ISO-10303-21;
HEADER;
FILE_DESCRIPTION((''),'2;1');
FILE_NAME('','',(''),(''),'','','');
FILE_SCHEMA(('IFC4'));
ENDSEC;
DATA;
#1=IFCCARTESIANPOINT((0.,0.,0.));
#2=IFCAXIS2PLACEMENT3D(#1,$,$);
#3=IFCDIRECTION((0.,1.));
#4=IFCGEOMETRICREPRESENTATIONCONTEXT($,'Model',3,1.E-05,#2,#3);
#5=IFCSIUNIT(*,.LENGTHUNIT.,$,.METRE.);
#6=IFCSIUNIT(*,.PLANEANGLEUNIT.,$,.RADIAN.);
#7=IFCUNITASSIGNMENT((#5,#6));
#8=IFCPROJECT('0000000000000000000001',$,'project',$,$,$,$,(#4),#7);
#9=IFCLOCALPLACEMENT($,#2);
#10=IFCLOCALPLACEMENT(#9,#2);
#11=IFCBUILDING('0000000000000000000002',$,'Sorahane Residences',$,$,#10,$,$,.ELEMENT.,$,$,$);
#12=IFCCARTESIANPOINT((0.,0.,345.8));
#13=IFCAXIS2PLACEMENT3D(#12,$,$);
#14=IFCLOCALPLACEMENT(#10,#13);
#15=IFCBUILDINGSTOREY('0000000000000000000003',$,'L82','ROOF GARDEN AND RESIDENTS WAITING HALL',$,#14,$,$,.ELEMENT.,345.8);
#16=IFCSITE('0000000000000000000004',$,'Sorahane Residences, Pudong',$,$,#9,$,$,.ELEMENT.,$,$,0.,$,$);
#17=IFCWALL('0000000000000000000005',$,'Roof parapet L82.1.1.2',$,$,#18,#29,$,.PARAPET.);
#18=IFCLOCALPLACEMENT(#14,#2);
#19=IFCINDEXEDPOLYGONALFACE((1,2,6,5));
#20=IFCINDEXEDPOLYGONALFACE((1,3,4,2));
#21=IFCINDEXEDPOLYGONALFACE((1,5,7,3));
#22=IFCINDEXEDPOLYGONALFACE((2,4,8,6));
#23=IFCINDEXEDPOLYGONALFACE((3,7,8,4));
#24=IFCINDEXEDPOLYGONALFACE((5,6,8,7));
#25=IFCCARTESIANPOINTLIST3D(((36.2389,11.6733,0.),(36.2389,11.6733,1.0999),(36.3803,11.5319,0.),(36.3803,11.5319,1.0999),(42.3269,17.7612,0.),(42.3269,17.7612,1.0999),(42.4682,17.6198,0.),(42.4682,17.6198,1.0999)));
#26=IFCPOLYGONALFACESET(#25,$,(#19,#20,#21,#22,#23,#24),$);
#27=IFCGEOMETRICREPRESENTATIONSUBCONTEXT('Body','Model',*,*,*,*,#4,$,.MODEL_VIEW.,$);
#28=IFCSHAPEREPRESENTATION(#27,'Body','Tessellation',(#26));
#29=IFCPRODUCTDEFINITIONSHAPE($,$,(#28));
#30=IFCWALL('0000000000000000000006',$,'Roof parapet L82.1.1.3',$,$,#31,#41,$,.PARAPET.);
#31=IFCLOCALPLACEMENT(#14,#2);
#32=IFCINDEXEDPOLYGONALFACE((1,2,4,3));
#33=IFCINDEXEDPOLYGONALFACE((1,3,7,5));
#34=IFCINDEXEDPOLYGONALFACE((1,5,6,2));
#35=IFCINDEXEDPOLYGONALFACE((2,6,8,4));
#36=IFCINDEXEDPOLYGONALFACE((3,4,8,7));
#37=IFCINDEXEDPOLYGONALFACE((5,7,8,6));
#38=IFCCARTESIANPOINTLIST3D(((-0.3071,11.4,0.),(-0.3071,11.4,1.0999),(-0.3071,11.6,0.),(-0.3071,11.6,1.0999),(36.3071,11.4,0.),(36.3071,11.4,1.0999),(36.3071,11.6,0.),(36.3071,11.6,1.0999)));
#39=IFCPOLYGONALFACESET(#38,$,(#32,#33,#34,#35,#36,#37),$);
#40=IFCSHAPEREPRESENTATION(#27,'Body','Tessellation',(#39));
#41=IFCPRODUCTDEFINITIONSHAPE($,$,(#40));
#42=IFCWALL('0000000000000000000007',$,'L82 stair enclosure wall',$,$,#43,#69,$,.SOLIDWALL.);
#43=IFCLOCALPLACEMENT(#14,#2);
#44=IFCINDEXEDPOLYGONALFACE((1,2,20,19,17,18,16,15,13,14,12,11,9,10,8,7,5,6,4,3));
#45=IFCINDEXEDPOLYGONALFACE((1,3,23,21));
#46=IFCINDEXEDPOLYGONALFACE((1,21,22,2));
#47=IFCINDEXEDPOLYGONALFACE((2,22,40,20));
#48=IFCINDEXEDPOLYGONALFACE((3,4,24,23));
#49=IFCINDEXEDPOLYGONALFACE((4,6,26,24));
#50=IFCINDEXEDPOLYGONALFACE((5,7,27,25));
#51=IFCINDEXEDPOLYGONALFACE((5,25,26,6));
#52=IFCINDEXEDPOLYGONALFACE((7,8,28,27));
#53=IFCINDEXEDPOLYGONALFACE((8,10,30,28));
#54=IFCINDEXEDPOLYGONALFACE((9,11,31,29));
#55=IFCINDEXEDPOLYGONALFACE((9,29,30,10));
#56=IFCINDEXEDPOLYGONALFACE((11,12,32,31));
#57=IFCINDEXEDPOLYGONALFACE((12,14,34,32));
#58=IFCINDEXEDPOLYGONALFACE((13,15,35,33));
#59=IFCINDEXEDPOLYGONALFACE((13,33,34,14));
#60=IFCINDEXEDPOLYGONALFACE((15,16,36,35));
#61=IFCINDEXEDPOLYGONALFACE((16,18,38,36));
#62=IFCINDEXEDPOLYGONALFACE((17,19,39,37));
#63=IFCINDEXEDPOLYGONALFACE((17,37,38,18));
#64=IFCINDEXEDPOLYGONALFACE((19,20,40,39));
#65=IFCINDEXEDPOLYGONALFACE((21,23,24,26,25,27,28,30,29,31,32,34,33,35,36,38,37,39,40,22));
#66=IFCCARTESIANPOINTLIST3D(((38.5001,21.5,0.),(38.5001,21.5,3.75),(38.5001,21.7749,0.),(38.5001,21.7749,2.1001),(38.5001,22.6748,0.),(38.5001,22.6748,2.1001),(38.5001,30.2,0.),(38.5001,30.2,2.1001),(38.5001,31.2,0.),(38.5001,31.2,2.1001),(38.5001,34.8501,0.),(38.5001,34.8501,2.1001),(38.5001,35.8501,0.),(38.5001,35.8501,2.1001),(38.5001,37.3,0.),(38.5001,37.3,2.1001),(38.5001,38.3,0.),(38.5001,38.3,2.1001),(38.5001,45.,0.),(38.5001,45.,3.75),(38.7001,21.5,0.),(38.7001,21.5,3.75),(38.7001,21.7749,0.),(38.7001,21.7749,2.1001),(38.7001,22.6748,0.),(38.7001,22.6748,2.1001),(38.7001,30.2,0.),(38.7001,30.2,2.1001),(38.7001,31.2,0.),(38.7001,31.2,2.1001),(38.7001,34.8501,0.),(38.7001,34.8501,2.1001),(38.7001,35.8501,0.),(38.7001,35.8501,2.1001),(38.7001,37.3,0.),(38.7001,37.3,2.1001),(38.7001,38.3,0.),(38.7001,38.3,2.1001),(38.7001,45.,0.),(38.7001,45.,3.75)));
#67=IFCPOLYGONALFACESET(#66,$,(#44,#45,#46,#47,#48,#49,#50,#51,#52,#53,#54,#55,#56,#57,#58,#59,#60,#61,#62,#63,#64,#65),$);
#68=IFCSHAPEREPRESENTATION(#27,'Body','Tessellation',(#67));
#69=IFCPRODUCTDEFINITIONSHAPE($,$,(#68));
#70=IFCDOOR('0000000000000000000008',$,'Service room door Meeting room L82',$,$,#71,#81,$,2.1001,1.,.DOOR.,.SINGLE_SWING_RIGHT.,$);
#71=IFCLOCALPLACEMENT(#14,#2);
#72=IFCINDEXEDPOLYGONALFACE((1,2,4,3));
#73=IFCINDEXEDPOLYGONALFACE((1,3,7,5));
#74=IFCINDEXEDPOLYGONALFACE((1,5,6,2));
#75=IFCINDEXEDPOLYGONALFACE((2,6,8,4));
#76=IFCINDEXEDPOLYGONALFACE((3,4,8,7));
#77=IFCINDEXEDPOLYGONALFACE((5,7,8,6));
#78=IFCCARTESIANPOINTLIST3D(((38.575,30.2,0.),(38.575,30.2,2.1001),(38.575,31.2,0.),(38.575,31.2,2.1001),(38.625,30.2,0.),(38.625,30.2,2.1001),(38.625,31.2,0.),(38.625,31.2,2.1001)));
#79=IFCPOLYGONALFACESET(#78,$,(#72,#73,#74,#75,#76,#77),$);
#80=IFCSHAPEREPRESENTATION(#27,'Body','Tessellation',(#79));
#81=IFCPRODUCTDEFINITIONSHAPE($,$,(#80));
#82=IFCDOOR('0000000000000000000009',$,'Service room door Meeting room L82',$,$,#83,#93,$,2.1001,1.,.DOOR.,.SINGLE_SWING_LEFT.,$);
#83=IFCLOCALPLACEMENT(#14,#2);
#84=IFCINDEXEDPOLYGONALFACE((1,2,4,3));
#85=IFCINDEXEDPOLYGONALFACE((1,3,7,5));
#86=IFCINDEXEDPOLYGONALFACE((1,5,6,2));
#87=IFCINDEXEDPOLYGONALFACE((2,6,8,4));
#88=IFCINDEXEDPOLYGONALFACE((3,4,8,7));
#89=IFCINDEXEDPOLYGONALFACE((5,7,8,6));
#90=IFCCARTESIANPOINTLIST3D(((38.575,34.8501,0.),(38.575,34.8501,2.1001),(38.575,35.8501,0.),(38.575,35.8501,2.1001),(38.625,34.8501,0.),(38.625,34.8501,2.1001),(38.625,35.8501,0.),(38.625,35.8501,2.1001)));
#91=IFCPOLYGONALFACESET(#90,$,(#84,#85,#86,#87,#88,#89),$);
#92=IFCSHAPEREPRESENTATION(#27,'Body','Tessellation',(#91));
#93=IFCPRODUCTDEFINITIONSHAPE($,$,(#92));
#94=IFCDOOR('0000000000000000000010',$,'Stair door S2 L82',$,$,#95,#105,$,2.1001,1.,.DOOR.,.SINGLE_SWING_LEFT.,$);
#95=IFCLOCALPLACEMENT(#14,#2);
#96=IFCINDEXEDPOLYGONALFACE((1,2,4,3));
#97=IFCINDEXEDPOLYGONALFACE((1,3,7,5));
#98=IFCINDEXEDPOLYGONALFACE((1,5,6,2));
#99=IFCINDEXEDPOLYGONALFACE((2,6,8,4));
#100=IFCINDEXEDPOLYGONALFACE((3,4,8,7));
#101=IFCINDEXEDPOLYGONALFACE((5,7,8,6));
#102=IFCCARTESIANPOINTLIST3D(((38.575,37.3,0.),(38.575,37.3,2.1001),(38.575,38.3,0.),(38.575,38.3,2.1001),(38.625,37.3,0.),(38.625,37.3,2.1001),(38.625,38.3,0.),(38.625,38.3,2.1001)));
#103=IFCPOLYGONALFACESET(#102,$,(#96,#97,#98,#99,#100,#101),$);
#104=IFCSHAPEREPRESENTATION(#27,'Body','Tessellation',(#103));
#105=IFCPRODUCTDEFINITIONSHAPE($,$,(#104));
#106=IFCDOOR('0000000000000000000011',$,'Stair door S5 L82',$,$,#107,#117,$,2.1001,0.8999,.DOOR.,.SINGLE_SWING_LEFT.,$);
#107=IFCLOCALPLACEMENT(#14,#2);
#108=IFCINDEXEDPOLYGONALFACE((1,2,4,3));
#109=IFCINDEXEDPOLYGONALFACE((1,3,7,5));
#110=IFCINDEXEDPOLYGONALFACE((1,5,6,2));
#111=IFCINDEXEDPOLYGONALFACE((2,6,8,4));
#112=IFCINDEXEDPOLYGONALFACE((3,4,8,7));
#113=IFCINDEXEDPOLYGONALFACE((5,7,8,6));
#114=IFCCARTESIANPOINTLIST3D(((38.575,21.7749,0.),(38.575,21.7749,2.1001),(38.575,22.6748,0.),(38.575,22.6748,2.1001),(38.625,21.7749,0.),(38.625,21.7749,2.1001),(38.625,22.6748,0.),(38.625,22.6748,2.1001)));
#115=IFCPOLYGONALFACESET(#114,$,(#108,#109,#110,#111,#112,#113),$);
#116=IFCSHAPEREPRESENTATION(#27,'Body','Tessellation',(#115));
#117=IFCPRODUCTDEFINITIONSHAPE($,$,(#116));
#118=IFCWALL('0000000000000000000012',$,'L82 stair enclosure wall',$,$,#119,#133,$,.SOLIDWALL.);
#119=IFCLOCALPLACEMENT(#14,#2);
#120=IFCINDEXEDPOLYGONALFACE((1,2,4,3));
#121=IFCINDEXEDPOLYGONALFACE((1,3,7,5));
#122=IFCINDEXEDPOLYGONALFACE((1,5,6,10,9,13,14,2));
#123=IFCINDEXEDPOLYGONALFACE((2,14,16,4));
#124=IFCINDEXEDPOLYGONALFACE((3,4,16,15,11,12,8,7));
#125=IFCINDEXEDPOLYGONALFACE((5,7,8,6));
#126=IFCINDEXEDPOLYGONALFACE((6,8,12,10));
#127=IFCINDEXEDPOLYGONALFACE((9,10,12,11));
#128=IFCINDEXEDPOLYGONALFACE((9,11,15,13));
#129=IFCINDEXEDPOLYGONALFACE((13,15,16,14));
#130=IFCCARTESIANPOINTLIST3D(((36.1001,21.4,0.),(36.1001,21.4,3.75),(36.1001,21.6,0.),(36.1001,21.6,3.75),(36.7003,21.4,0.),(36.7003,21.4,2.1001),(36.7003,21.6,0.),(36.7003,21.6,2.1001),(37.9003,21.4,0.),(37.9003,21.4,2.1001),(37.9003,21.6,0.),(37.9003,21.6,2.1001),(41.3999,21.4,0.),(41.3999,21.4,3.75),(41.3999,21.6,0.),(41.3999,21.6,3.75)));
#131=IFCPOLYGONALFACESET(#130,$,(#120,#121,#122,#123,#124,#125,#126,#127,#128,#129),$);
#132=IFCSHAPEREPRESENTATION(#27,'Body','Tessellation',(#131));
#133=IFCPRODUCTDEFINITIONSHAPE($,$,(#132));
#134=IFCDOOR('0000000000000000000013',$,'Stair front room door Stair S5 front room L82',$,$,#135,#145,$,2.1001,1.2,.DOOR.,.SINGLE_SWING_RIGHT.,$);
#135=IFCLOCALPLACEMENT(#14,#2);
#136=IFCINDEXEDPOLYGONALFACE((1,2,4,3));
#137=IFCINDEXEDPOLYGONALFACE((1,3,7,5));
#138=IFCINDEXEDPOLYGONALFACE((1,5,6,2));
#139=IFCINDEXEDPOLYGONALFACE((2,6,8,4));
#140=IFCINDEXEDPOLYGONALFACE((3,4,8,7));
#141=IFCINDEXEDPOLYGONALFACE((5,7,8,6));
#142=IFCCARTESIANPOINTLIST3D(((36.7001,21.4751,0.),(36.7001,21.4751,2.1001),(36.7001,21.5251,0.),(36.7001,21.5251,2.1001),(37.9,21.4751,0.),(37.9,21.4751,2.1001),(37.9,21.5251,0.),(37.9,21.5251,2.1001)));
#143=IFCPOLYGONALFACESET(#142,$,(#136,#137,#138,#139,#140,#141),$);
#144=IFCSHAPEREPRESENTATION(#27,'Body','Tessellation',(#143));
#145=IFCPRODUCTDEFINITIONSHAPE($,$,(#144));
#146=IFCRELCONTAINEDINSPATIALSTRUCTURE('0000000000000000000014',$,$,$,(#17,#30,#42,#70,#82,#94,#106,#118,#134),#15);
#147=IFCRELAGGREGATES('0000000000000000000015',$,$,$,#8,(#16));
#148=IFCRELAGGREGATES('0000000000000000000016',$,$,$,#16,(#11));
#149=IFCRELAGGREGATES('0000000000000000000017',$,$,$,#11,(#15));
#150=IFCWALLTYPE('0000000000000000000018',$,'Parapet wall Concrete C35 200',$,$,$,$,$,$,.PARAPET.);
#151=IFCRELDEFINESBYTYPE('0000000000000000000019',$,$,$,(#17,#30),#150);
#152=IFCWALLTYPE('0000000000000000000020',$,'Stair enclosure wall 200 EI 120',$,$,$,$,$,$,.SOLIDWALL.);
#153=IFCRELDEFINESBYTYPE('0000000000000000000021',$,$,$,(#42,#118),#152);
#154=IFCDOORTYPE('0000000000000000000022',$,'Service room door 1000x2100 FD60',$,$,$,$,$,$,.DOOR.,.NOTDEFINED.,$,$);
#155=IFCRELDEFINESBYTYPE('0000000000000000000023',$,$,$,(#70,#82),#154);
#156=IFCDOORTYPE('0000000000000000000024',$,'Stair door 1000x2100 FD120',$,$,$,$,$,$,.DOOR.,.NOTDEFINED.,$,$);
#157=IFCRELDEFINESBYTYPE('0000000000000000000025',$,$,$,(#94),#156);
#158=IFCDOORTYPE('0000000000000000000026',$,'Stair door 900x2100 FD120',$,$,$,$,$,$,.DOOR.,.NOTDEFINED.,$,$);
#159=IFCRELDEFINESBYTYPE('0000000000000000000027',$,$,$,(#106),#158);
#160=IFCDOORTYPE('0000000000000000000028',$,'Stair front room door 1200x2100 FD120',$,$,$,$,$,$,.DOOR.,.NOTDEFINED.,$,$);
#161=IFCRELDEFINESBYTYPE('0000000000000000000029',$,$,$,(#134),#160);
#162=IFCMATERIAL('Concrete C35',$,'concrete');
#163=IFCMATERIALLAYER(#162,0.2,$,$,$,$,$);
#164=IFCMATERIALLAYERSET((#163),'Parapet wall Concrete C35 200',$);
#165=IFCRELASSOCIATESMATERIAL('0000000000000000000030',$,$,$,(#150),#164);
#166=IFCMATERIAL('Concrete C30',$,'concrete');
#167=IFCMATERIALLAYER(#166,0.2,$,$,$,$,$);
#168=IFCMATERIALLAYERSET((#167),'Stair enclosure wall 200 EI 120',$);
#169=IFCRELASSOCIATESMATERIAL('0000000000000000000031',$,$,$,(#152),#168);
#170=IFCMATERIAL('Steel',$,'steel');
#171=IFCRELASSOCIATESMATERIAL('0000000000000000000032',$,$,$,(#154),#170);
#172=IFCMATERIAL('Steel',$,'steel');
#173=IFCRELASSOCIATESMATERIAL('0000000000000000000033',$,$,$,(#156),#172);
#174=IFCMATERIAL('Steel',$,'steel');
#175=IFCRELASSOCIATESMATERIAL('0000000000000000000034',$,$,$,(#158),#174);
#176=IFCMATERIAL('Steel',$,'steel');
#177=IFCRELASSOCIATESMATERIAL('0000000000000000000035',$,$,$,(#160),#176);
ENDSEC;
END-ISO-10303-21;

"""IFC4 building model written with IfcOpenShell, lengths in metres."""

from ifc_helpers import new_model, si_unit, direction, frame, frame_2d, origin, place, context, subcontext, project, spatial, rectangle, extrude, material, layer, layer_set, type_object, element, fill, save


model = new_model("IFC4")

# Units and contexts
model_context = context("Model", 3, precision=1e-05, world=origin(), true_north=direction((0.0, 1.0)))
body_context = subcontext(model_context, "Body", "Model", "MODEL_VIEW")
ifc_project = project(units=[si_unit("LENGTHUNIT", "METRE"), si_unit("PLANEANGLEUNIT", "RADIAN")], contexts=[model_context])

# Site, building, storey
site_placement = place(None, origin())
site = spatial("IfcSite", under=ifc_project, at=site_placement, Name="Sorahane Residences, Pudong", CompositionType="ELEMENT", RefElevation=0.0)
building_placement = place(site_placement, origin())
building = spatial("IfcBuilding", under=site, at=building_placement, Name="Sorahane Residences", CompositionType="ELEMENT")
storey_placement = place(building_placement, frame((0.0, 0.0, 345.8)))
storey = spatial("IfcBuildingStorey", under=building, at=storey_placement, Name="L82", Description="ROOF GARDEN AND RESIDENTS WAITING HALL", CompositionType="ELEMENT", Elevation=345.8)

# Walls
ifc_material_1 = material(Name="Concrete C35", Category="concrete")
ifc_layer_1 = layer(ifc_material_1, 0.2)
ifc_layer_set_1 = layer_set([ifc_layer_1], Name="Parapet wall Concrete C35 200")
wall_type_1 = type_object("IfcWallType", Name="Parapet wall Concrete C35 200", PredefinedType="PARAPET", material=ifc_layer_set_1)
wall_1_placement = place(storey_placement, frame((42.3975, 17.6904, 0.0), z_axis=(0.0, 0.0, 1.0), x_axis=(-0.707107, -0.707107, 0.0)))
element("IfcWall", 1, at=wall_1_placement, inside=storey, type_object=wall_type_1, Name="Roof parapet L82.1.1.2", PredefinedType="PARAPET", context=body_context, shape_type="SweptSolid", body=[
    extrude(rectangle(XDim=8.6096, YDim=0.2, at=frame_2d((4.3047, 0.0))), origin(), (0.0, 0.0, 1.0), 1.0999),
])
wall_2_placement = place(storey_placement, frame((36.3071, 11.5, 0.0), z_axis=(0.0, 0.0, 1.0), x_axis=(-1.0, 0.0, 0.0)))
element("IfcWall", 2, at=wall_2_placement, inside=storey, type_object=wall_type_1, Name="Roof parapet L82.1.1.3", PredefinedType="PARAPET", context=body_context, shape_type="SweptSolid", body=[
    extrude(rectangle(XDim=36.6143, YDim=0.2, at=frame_2d((18.3071, 0.0))), origin(), (0.0, 0.0, 1.0), 1.0999),
])

# Wall, openings, doors
ifc_material_2 = material(Name="Concrete C30", Category="concrete")
ifc_layer_2 = layer(ifc_material_2, 0.2)
ifc_layer_set_2 = layer_set([ifc_layer_2], Name="Stair enclosure wall 200 EI 120")
wall_type_2 = type_object("IfcWallType", Name="Stair enclosure wall 200 EI 120", PredefinedType="SOLIDWALL", material=ifc_layer_set_2)
wall_3_placement = place(storey_placement, frame((38.6001, 21.5, 0.0), z_axis=(0.0, 0.0, 1.0), x_axis=(0.0, 1.0, 0.0)))
wall_3 = element("IfcWall", 3, at=wall_3_placement, inside=storey, type_object=wall_type_2, Name="L82 stair enclosure wall", PredefinedType="SOLIDWALL", context=body_context, shape_type="SweptSolid", body=[
    extrude(rectangle(XDim=23.5, YDim=0.2, at=frame_2d((11.75, 0.0))), origin(), (0.0, 0.0, 1.0), 3.75),
])
opening_1_placement = place(wall_3_placement, frame((8.7, 0.0, 0.0)))
opening_1 = element("IfcOpeningElement", 4, at=opening_1_placement, cuts=wall_3, PredefinedType="OPENING", context=body_context, shape_type="SweptSolid", body=[
    extrude(rectangle(XDim=1.0, YDim=2.1001, at=frame_2d((0.5, 1.05))), frame((0.0, 0.1099, 0.0), z_axis=(0.0, -1.0, 0.0), x_axis=(1.0, 0.0, 0.0)), (0.0, 0.0, 1.0), 0.22),
])
opening_2_placement = place(wall_3_placement, frame((13.3501, 0.0, 0.0)))
opening_2 = element("IfcOpeningElement", 5, at=opening_2_placement, cuts=wall_3, PredefinedType="OPENING", context=body_context, shape_type="SweptSolid", body=[
    extrude(rectangle(XDim=1.0, YDim=2.1001, at=frame_2d((0.5, 1.05))), frame((0.0, 0.1099, 0.0), z_axis=(0.0, -1.0, 0.0), x_axis=(1.0, 0.0, 0.0)), (0.0, 0.0, 1.0), 0.22),
])
opening_3_placement = place(wall_3_placement, frame((15.8, 0.0, 0.0)))
opening_3 = element("IfcOpeningElement", 6, at=opening_3_placement, cuts=wall_3, PredefinedType="OPENING", context=body_context, shape_type="SweptSolid", body=[
    extrude(rectangle(XDim=1.0, YDim=2.1001, at=frame_2d((0.5, 1.05))), frame((0.0, 0.1099, 0.0), z_axis=(0.0, -1.0, 0.0), x_axis=(1.0, 0.0, 0.0)), (0.0, 0.0, 1.0), 0.22),
])
opening_4_placement = place(wall_3_placement, frame((0.2749, 0.0, 0.0)))
opening_4 = element("IfcOpeningElement", 7, at=opening_4_placement, cuts=wall_3, PredefinedType="OPENING", context=body_context, shape_type="SweptSolid", body=[
    extrude(rectangle(XDim=0.8999, YDim=2.1001, at=frame_2d((0.45, 1.05))), frame((0.0, 0.1099, 0.0), z_axis=(0.0, -1.0, 0.0), x_axis=(1.0, 0.0, 0.0)), (0.0, 0.0, 1.0), 0.22),
])
ifc_material_3 = material(Name="Steel", Category="steel")
door_type_1 = type_object("IfcDoorType", Name="Service room door 1000x2100 FD60", OperationType="NOTDEFINED", PredefinedType="DOOR", material=ifc_material_3)
door_1_placement = place(opening_1_placement, frame((1.0, 0.0, 0.0), z_axis=(0.0, 0.0, 1.0), x_axis=(-1.0, 0.0, 0.0)))
door_1 = element("IfcDoor", 8, at=door_1_placement, inside=storey, type_object=door_type_1, Name="Service room door Meeting room L82", OperationType="SINGLE_SWING_RIGHT", OverallHeight=2.1001, OverallWidth=1.0, PredefinedType="DOOR", context=body_context, shape_type="SweptSolid", body=[
    extrude(rectangle(XDim=1.0, YDim=2.1001, at=frame_2d((0.5, 1.05))), frame((0.0, 0.0249, 0.0), z_axis=(0.0, -1.0, 0.0), x_axis=(1.0, 0.0, 0.0)), (0.0, 0.0, 1.0), 0.05),
])
fill(opening_1, door_1)
door_2_placement = place(opening_2_placement, frame((1.0, 0.0, 0.0), z_axis=(0.0, 0.0, 1.0), x_axis=(-1.0, 0.0, 0.0)))
door_2 = element("IfcDoor", 9, at=door_2_placement, inside=storey, type_object=door_type_1, Name="Service room door Meeting room L82", OperationType="SINGLE_SWING_LEFT", OverallHeight=2.1001, OverallWidth=1.0, PredefinedType="DOOR", context=body_context, shape_type="SweptSolid", body=[
    extrude(rectangle(XDim=1.0, YDim=2.1001, at=frame_2d((0.5, 1.05))), frame((0.0, 0.0249, 0.0), z_axis=(0.0, -1.0, 0.0), x_axis=(1.0, 0.0, 0.0)), (0.0, 0.0, 1.0), 0.05),
])
fill(opening_2, door_2)
ifc_material_4 = material(Name="Steel", Category="steel")
door_type_2 = type_object("IfcDoorType", Name="Stair door 1000x2100 FD120", OperationType="NOTDEFINED", PredefinedType="DOOR", material=ifc_material_4)
door_3_placement = place(opening_3_placement, frame((1.0, 0.0, 0.0), z_axis=(0.0, 0.0, 1.0), x_axis=(-1.0, 0.0, 0.0)))
door_3 = element("IfcDoor", 10, at=door_3_placement, inside=storey, type_object=door_type_2, Name="Stair door S2 L82", OperationType="SINGLE_SWING_LEFT", OverallHeight=2.1001, OverallWidth=1.0, PredefinedType="DOOR", context=body_context, shape_type="SweptSolid", body=[
    extrude(rectangle(XDim=1.0, YDim=2.1001, at=frame_2d((0.5, 1.05))), frame((0.0, 0.0249, 0.0), z_axis=(0.0, -1.0, 0.0), x_axis=(1.0, 0.0, 0.0)), (0.0, 0.0, 1.0), 0.05),
])
fill(opening_3, door_3)
ifc_material_5 = material(Name="Steel", Category="steel")
door_type_3 = type_object("IfcDoorType", Name="Stair door 900x2100 FD120", OperationType="NOTDEFINED", PredefinedType="DOOR", material=ifc_material_5)
door_4_placement = place(opening_4_placement, frame((0.8999, 0.0, 0.0), z_axis=(0.0, 0.0, 1.0), x_axis=(-1.0, 0.0, 0.0)))
door_4 = element("IfcDoor", 11, at=door_4_placement, inside=storey, type_object=door_type_3, Name="Stair door S5 L82", OperationType="SINGLE_SWING_LEFT", OverallHeight=2.1001, OverallWidth=0.8999, PredefinedType="DOOR", context=body_context, shape_type="SweptSolid", body=[
    extrude(rectangle(XDim=0.8999, YDim=2.1001, at=frame_2d((0.45, 1.05))), frame((0.0, 0.0249, 0.0), z_axis=(0.0, -1.0, 0.0), x_axis=(1.0, 0.0, 0.0)), (0.0, 0.0, 1.0), 0.05),
])
fill(opening_4, door_4)

# Wall, opening, door
wall_4_placement = place(storey_placement, frame((36.1001, 21.5, 0.0), z_axis=(0.0, 0.0, 1.0), x_axis=(1.0, 0.0, 0.0)))
wall_4 = element("IfcWall", 12, at=wall_4_placement, inside=storey, type_object=wall_type_2, Name="L82 stair enclosure wall", PredefinedType="SOLIDWALL", context=body_context, shape_type="SweptSolid", body=[
    extrude(rectangle(XDim=5.2998, YDim=0.2, at=frame_2d((2.6499, 0.0))), origin(), (0.0, 0.0, 1.0), 3.75),
])
opening_5_placement = place(wall_4_placement, frame((0.6001, 0.0, 0.0)))
opening_5 = element("IfcOpeningElement", 13, at=opening_5_placement, cuts=wall_4, PredefinedType="OPENING", context=body_context, shape_type="SweptSolid", body=[
    extrude(rectangle(XDim=1.2, YDim=2.1001, at=frame_2d((0.6001, 1.05))), frame((0.0, 0.1099, 0.0), z_axis=(0.0, -1.0, 0.0), x_axis=(1.0, 0.0, 0.0)), (0.0, 0.0, 1.0), 0.22),
])
ifc_material_6 = material(Name="Steel", Category="steel")
door_type_4 = type_object("IfcDoorType", Name="Stair front room door 1200x2100 FD120", OperationType="NOTDEFINED", PredefinedType="DOOR", material=ifc_material_6)
door_5_placement = place(opening_5_placement, frame((1.2, 0.0, 0.0), z_axis=(0.0, 0.0, 1.0), x_axis=(-1.0, 0.0, 0.0)))
door_5 = element("IfcDoor", 14, at=door_5_placement, inside=storey, type_object=door_type_4, Name="Stair front room door Stair S5 front room L82", OperationType="SINGLE_SWING_RIGHT", OverallHeight=2.1001, OverallWidth=1.2, PredefinedType="DOOR", context=body_context, shape_type="SweptSolid", body=[
    extrude(rectangle(XDim=1.2, YDim=2.1001, at=frame_2d((0.6001, 1.05))), frame((0.0, 0.0249, 0.0), z_axis=(0.0, -1.0, 0.0), x_axis=(1.0, 0.0, 0.0)), (0.0, 0.0, 1.0), 0.05),
])
fill(opening_5, door_5)

save(model, "model.ifc")
